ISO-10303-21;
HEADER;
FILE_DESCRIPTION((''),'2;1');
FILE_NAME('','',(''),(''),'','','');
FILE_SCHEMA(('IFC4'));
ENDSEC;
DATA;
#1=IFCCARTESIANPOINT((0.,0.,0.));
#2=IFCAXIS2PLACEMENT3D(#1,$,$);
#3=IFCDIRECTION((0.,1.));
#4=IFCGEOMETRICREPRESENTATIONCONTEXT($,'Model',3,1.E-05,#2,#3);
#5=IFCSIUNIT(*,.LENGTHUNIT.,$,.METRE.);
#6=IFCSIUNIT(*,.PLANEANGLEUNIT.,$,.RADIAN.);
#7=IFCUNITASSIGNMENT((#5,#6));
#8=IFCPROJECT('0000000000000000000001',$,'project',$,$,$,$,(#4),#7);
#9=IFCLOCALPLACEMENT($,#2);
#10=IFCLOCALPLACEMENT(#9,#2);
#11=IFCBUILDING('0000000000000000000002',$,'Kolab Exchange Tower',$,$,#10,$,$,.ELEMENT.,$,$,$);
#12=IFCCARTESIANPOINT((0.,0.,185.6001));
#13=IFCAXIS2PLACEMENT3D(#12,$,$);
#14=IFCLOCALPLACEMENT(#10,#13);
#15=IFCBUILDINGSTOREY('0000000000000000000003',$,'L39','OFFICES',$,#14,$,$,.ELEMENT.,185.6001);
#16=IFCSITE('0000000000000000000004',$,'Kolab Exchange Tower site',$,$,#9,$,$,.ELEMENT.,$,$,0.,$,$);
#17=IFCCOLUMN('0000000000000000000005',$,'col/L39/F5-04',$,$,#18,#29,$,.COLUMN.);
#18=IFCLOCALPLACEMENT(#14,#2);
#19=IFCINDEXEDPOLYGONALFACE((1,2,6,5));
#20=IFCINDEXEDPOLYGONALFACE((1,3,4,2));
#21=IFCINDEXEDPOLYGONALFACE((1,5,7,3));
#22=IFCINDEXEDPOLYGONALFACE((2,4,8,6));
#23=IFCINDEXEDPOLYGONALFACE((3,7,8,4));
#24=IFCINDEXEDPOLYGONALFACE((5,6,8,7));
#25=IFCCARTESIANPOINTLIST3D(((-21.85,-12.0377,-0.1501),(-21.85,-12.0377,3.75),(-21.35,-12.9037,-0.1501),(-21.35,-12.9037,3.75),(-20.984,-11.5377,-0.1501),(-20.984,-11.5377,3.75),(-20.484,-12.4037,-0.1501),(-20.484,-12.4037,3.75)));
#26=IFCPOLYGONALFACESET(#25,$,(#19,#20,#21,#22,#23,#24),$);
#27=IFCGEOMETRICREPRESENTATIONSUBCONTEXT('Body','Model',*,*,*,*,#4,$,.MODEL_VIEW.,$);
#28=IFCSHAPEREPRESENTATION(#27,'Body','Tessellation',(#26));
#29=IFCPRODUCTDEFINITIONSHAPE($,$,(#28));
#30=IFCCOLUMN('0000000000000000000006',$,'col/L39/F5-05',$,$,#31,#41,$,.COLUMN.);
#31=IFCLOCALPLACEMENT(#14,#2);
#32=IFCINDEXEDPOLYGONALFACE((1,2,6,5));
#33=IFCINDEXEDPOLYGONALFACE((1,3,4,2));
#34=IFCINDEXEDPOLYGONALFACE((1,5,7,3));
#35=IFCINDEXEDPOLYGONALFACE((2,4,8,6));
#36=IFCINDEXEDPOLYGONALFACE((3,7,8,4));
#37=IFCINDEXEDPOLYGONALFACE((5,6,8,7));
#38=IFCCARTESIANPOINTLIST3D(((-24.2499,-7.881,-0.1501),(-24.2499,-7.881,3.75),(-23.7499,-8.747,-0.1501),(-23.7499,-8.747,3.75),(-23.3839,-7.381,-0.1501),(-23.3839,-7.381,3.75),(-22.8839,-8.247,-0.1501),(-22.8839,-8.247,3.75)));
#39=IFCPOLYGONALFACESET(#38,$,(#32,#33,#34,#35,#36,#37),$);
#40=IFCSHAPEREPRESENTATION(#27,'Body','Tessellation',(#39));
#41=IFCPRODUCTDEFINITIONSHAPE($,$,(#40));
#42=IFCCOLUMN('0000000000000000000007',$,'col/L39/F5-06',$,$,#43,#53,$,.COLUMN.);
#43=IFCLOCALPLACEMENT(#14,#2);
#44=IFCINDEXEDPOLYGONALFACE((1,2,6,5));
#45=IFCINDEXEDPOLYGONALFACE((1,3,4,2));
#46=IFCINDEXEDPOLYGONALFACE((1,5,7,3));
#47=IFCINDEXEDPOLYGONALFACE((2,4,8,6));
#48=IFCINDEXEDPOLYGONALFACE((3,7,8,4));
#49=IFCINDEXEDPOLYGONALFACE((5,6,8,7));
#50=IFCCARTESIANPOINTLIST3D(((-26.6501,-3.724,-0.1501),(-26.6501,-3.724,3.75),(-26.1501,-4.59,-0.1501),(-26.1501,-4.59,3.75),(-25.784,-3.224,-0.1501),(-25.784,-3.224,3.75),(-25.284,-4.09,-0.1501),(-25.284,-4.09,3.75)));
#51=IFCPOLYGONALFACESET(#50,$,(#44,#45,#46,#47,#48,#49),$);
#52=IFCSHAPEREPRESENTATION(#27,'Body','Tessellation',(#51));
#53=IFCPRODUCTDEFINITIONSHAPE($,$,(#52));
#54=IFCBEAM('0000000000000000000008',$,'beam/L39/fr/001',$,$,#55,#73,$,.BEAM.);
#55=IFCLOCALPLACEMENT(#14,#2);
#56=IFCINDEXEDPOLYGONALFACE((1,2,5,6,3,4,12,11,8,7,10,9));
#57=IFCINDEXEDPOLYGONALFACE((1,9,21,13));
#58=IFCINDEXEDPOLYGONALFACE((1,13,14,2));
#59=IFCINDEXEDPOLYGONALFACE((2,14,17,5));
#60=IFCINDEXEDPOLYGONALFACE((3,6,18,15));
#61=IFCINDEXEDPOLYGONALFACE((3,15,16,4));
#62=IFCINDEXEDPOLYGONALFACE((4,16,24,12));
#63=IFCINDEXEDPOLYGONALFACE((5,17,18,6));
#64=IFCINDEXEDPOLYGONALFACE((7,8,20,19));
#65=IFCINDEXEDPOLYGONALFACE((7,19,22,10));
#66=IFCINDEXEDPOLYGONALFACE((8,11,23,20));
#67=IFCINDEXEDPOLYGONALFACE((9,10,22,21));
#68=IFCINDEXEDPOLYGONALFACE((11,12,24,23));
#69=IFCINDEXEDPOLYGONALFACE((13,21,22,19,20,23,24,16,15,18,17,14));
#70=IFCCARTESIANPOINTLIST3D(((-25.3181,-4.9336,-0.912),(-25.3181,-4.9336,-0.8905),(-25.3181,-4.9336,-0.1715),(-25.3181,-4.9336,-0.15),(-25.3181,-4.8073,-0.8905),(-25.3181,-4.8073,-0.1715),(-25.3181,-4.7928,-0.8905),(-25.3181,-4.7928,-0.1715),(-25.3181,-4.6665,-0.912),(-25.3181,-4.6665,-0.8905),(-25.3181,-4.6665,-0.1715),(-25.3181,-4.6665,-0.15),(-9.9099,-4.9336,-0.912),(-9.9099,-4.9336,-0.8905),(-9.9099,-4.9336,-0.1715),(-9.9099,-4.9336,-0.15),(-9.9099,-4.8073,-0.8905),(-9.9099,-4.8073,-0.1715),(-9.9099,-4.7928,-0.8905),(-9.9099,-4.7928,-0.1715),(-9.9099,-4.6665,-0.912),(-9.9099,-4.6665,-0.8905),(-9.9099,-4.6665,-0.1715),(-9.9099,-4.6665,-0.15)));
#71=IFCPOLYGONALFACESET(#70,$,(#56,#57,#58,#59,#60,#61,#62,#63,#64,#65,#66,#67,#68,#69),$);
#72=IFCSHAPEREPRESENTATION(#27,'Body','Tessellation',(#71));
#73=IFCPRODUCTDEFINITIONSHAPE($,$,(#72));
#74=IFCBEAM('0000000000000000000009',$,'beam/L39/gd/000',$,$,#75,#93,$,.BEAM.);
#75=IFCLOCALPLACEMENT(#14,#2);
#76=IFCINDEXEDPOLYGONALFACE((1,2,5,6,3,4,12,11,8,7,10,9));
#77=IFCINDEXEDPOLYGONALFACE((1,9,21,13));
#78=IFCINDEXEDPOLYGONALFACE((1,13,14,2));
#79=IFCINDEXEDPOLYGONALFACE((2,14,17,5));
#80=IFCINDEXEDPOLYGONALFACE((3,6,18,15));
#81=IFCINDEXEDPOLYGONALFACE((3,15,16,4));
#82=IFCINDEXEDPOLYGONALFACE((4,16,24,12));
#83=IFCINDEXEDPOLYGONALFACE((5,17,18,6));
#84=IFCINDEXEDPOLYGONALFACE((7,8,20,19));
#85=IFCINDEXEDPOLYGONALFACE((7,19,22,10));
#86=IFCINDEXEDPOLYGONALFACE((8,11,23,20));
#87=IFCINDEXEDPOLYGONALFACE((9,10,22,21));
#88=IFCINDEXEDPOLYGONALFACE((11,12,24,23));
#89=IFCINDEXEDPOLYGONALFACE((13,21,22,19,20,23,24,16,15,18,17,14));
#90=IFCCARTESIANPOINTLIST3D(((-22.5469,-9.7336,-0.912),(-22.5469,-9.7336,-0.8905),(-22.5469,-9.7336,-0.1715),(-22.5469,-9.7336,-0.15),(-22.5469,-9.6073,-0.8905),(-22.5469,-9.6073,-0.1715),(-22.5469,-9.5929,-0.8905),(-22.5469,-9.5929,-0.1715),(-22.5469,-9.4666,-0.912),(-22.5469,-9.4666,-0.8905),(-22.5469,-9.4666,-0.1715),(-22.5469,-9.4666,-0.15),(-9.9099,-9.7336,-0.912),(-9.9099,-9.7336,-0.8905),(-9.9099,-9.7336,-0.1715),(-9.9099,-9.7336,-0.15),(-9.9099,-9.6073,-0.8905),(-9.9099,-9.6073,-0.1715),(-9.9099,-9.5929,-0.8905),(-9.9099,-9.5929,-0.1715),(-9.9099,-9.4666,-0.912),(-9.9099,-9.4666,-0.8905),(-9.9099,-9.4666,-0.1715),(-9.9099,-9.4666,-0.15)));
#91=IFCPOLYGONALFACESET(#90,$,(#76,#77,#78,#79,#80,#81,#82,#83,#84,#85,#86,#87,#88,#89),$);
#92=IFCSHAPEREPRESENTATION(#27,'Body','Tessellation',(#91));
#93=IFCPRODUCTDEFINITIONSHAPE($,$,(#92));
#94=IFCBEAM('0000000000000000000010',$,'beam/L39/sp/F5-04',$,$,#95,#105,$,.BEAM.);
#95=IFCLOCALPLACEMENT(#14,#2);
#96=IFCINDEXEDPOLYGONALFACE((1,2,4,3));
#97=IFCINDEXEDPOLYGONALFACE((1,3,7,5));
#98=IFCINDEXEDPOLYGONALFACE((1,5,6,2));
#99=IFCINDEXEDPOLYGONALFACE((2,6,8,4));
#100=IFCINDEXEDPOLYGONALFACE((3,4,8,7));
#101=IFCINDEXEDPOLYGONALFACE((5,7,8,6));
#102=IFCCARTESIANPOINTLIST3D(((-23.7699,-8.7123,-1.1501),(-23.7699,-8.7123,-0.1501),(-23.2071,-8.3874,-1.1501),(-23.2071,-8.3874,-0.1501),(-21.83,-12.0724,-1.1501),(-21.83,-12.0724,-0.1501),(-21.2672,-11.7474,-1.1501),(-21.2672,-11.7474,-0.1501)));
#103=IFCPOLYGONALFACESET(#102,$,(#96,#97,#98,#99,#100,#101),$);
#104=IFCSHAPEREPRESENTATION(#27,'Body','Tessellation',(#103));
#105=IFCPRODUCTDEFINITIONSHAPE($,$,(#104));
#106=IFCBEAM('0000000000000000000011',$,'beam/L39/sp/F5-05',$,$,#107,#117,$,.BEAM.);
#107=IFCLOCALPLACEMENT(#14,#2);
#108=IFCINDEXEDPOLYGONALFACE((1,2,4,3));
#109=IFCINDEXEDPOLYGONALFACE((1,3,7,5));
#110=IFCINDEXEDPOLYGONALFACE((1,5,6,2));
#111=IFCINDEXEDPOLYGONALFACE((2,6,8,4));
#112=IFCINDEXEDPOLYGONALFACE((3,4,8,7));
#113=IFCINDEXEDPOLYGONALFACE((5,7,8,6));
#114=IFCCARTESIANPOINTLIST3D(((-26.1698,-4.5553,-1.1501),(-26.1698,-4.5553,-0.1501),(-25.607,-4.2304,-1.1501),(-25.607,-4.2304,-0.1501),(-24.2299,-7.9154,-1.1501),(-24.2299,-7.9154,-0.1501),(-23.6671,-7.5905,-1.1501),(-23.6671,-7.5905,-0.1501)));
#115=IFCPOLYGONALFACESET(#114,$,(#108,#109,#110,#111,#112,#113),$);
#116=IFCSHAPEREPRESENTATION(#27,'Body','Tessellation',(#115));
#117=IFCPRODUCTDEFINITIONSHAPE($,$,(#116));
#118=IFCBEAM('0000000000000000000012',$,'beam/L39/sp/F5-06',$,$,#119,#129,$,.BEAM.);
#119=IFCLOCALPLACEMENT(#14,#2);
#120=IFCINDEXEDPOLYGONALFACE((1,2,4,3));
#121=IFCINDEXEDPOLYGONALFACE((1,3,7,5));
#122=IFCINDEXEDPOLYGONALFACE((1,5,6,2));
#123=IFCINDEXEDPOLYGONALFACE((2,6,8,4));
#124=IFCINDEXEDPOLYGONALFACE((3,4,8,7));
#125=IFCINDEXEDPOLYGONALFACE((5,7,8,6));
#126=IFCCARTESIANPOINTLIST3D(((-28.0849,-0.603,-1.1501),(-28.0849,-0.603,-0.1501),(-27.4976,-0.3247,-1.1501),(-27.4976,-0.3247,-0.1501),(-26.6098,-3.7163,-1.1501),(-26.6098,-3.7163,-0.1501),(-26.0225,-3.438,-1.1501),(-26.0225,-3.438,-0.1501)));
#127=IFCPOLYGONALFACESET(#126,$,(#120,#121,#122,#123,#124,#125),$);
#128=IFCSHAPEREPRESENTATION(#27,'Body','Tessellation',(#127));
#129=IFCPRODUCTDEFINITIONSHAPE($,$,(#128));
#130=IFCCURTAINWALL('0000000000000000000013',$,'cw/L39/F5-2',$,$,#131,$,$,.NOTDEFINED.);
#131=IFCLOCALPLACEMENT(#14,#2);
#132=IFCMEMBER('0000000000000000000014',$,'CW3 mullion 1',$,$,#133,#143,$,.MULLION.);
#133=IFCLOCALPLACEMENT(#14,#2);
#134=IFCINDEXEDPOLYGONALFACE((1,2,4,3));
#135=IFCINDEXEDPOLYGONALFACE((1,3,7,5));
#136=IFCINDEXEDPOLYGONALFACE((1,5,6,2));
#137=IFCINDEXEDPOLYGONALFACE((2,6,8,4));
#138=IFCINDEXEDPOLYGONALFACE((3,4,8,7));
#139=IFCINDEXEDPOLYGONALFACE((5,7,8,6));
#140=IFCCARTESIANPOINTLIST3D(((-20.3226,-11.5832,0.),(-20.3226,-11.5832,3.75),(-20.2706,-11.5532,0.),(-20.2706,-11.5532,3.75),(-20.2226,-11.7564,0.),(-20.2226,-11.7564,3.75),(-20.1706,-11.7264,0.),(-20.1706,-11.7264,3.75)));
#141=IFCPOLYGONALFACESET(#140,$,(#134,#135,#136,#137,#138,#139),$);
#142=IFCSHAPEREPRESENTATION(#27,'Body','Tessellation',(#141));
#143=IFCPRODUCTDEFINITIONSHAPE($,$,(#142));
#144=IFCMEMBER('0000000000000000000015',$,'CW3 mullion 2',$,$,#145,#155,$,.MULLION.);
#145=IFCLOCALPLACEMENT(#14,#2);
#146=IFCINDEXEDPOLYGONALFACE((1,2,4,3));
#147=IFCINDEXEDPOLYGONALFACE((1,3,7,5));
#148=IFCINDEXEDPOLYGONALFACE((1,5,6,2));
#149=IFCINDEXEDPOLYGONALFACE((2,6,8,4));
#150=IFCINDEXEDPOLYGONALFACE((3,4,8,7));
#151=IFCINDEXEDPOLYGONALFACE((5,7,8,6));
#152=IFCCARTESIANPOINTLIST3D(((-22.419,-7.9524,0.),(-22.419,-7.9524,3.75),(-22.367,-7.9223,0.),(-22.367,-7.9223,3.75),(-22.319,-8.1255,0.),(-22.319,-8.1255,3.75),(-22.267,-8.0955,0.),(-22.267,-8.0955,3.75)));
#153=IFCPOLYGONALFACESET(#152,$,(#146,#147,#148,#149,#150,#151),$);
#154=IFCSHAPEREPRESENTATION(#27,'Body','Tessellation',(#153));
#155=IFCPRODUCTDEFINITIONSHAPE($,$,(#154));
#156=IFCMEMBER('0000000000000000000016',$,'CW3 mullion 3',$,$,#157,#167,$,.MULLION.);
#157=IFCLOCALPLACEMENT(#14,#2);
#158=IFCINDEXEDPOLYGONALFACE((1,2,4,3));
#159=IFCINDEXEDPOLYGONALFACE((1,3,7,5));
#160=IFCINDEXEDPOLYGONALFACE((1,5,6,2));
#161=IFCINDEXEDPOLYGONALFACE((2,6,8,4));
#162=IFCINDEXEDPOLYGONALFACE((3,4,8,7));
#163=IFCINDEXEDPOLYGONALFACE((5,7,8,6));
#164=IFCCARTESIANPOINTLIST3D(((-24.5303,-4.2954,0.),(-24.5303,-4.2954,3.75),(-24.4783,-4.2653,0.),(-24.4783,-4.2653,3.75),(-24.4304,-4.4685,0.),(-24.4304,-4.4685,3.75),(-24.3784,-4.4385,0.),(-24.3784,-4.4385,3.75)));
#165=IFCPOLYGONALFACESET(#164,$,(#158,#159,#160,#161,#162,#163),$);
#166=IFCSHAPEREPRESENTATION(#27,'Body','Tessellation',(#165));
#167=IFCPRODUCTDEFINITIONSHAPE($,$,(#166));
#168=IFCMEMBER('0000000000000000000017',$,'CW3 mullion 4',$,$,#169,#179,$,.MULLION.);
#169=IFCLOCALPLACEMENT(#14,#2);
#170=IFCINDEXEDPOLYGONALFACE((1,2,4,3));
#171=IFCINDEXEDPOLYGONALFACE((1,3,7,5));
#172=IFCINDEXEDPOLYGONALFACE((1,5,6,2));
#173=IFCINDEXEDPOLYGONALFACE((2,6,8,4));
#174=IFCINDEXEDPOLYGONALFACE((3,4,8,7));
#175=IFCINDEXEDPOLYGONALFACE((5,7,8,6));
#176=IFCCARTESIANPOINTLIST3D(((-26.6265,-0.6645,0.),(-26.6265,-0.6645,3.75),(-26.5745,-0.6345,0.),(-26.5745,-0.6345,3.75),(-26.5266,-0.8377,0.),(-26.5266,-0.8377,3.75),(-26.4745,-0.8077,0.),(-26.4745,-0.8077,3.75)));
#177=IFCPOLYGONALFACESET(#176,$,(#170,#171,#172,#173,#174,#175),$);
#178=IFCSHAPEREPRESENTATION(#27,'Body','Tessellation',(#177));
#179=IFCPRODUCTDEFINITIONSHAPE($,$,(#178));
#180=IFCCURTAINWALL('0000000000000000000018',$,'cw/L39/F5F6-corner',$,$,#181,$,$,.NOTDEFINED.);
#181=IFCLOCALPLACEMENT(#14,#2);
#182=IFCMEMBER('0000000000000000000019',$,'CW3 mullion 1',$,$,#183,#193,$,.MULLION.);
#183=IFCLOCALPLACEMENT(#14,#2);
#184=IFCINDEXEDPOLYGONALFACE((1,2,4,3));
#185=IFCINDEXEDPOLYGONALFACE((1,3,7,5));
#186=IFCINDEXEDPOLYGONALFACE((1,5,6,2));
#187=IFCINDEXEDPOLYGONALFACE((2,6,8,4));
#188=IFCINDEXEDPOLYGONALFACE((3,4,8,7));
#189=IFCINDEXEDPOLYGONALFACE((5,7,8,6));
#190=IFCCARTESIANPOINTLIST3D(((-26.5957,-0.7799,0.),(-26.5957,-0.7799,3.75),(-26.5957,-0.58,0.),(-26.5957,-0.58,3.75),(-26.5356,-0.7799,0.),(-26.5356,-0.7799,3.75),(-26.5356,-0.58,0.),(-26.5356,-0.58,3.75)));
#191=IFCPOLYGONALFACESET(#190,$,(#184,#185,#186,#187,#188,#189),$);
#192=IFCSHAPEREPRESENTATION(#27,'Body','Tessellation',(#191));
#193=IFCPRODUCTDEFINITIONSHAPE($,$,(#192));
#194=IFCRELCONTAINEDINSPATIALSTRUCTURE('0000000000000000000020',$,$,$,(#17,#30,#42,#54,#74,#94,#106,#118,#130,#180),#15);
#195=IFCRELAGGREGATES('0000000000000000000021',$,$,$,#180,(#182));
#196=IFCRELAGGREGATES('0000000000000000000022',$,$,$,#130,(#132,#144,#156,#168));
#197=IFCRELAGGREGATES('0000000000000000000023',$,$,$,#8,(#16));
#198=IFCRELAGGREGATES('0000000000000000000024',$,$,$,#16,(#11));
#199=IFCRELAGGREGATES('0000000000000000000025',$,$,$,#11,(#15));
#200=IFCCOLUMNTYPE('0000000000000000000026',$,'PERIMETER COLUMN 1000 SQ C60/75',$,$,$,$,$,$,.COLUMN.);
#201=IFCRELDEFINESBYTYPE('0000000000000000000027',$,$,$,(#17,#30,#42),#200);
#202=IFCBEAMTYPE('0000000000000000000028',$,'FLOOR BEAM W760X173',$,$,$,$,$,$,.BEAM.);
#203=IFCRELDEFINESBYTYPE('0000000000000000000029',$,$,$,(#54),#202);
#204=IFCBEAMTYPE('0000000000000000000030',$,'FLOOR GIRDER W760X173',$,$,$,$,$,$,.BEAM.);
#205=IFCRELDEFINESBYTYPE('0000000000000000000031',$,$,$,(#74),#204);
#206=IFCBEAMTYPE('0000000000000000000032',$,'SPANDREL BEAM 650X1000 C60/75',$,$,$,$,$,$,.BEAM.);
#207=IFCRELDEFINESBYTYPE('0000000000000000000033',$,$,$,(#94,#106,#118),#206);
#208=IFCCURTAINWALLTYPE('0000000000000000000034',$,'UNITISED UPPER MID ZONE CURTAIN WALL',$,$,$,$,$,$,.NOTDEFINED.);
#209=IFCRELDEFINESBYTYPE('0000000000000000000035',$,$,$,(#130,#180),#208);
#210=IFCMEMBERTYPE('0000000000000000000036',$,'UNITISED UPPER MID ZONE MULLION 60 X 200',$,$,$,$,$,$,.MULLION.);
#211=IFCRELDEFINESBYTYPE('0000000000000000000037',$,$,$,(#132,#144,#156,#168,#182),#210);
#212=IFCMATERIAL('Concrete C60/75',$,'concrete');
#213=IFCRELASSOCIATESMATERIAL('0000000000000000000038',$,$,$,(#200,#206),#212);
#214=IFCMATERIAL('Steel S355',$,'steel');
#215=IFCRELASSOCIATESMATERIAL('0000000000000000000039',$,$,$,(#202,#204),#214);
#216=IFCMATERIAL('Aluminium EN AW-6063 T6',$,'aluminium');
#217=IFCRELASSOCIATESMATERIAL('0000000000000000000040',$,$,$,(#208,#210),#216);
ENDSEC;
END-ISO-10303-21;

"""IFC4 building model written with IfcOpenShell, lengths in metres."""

from ifc_helpers import new_model, si_unit, direction, frame, origin, origin_2d, place, context, subcontext, project, spatial, rectangle, i_section, extrude, material, material_profile, profile_set, type_object, element, aggregate, save


model = new_model("IFC4")

# Units and contexts
model_context = context("Model", 3, precision=1e-05, world=origin(), true_north=direction((0.0, 1.0)))
body_context = subcontext(model_context, "Body", "Model", "MODEL_VIEW")
ifc_project = project(units=[si_unit("LENGTHUNIT", "METRE"), si_unit("PLANEANGLEUNIT", "RADIAN")], contexts=[model_context])

# Site, building, storey
site_placement = place(None, origin())
site = spatial("IfcSite", under=ifc_project, at=site_placement, Name="Kolab Exchange Tower site", CompositionType="ELEMENT", RefElevation=0.0)
building_placement = place(site_placement, origin())
building = spatial("IfcBuilding", under=site, at=building_placement, Name="Kolab Exchange Tower", CompositionType="ELEMENT")
storey_placement = place(building_placement, frame((0.0, 0.0, 185.6001)))
storey = spatial("IfcBuildingStorey", under=building, at=storey_placement, Name="L39", Description="OFFICES", CompositionType="ELEMENT", Elevation=185.6001)

# Columns
ifc_material_1 = material(Name="Concrete C60/75", Category="concrete")
ifc_material_profile_1 = material_profile(ifc_material_1, rectangle(XDim=1.0, YDim=1.0, at=origin_2d()), Name="RC1000")
ifc_profile_set_1 = profile_set([ifc_material_profile_1], Name="Concrete C60/75")
column_type = type_object("IfcColumnType", Name="PERIMETER COLUMN 1000 SQ C60/75", PredefinedType="COLUMN", material=ifc_profile_set_1)
for number, where, z_axis, x_axis, name in (
    (1, (-21.167, -12.2207, -0.1501), (0.0, 0.0, 1.0), (0.866025, 0.5, 0.0), "col/L39/F5-04"),
    (2, (-23.5669, -8.064, -0.1501), (0.0, 0.0, 1.0), (0.866025, 0.5, 0.0), "col/L39/F5-05"),
    (3, (-25.967, -3.907, -0.1501), (0.0, 0.0, 1.0), (0.866025, 0.5, 0.0), "col/L39/F5-06"),
):
    element("IfcColumn", number, at=place(storey_placement, frame(where, z_axis=z_axis, x_axis=x_axis)), inside=storey, type_object=column_type, Name=name, PredefinedType="COLUMN", context=body_context, shape_type="SweptSolid", body=[
        extrude(rectangle(XDim=1.0, YDim=1.0, at=origin_2d()), origin(), (0.0, 0.0, 1.0), 3.9001),
    ])

# Beams
ifc_material_2 = material(Name="Steel S355", Category="steel")
ifc_material_profile_2 = material_profile(ifc_material_2, i_section(OverallWidth=0.2671, OverallDepth=0.762, WebThickness=0.0144, FlangeThickness=0.0215, at=origin_2d()), Name="W760X173")
ifc_profile_set_2 = profile_set([ifc_material_profile_2], Name="Steel S355")
beam_type_1 = type_object("IfcBeamType", Name="FLOOR BEAM W760X173", PredefinedType="BEAM", material=ifc_profile_set_2)
beam_1_placement = place(storey_placement, frame((-25.3181, -4.8, -0.531), z_axis=(1.0, 0.0, 0.0), x_axis=(0.0, 1.0, 0.0)))
element("IfcBeam", 4, at=beam_1_placement, inside=storey, type_object=beam_type_1, Name="beam/L39/fr/001", PredefinedType="BEAM", context=body_context, shape_type="SweptSolid", body=[
    extrude(i_section(OverallWidth=0.2671, OverallDepth=0.762, WebThickness=0.0144, FlangeThickness=0.0215, at=origin_2d()), origin(), (0.0, 0.0, 1.0), 15.4082),
])
ifc_material_profile_3 = material_profile(ifc_material_2, i_section(OverallWidth=0.2671, OverallDepth=0.762, WebThickness=0.0144, FlangeThickness=0.0215, at=origin_2d()), Name="W760X173")
ifc_profile_set_3 = profile_set([ifc_material_profile_3], Name="Steel S355")
beam_type_2 = type_object("IfcBeamType", Name="FLOOR GIRDER W760X173", PredefinedType="BEAM", material=ifc_profile_set_3)
beam_2_placement = place(storey_placement, frame((-22.5469, -9.6001, -0.531), z_axis=(1.0, 0.0, 0.0), x_axis=(0.0, 1.0, 0.0)))
element("IfcBeam", 5, at=beam_2_placement, inside=storey, type_object=beam_type_2, Name="beam/L39/gd/000", PredefinedType="BEAM", context=body_context, shape_type="SweptSolid", body=[
    extrude(i_section(OverallWidth=0.2671, OverallDepth=0.762, WebThickness=0.0144, FlangeThickness=0.0215, at=origin_2d()), origin(), (0.0, 0.0, 1.0), 12.637),
])
ifc_material_profile_4 = material_profile(ifc_material_1, rectangle(XDim=0.6499, YDim=1.0, at=origin_2d()), Name="RC650X1000")
ifc_profile_set_4 = profile_set([ifc_material_profile_4], Name="Concrete C60/75")
beam_type_3 = type_object("IfcBeamType", Name="SPANDREL BEAM 650X1000 C60/75", PredefinedType="BEAM", material=ifc_profile_set_4)
for number, where, z_axis, x_axis, name in (
    (6, (-21.5486, -11.9099, -0.6501), (-0.499997, 0.866027, 0.0), (-0.866027, -0.499997, 0.0), "beam/L39/sp/F5-04"),
    (7, (-23.9485, -7.7529, -0.6501), (-0.499997, 0.866027, 0.0), (-0.866027, -0.499997, 0.0), "beam/L39/sp/F5-05"),
):
    element("IfcBeam", number, at=place(storey_placement, frame(where, z_axis=z_axis, x_axis=x_axis)), inside=storey, type_object=beam_type_3, Name=name, PredefinedType="BEAM", context=body_context, shape_type="SweptSolid", body=[
        extrude(rectangle(XDim=0.6499, YDim=1.0, at=origin_2d()), origin(), (0.0, 0.0, 1.0), 3.8799),
    ])
beam_3_placement = place(storey_placement, frame((-26.3162, -3.5771, -0.6501), z_axis=(-0.428178, 0.903695, 0.0), x_axis=(-0.903695, -0.428178, 0.0)))
element("IfcBeam", 8, at=beam_3_placement, inside=storey, type_object=beam_type_3, Name="beam/L39/sp/F5-06", PredefinedType="BEAM", context=body_context, shape_type="SweptSolid", body=[
    extrude(rectangle(XDim=0.6499, YDim=1.0, at=origin_2d()), origin(), (0.0, 0.0, 1.0), 3.4451),
])

# Curtain wall, members
ifc_material_3 = material(Name="Aluminium EN AW-6063 T6", Category="aluminium")
curtain_wall_type = type_object("IfcCurtainWallType", Name="UNITISED UPPER MID ZONE CURTAIN WALL", PredefinedType="NOTDEFINED", material=ifc_material_3)
curtain_wall_1_placement = place(storey_placement, origin())
curtain_wall_1 = element("IfcCurtainWall", 9, at=curtain_wall_1_placement, inside=storey, type_object=curtain_wall_type, Name="cw/L39/F5-2", PredefinedType="NOTDEFINED")
ifc_material_profile_5 = material_profile(ifc_material_3, rectangle(XDim=0.0601, YDim=0.2, at=origin_2d()), Name="RECT 60X200")
ifc_profile_set_5 = profile_set([ifc_material_profile_5], Name="Aluminium EN AW-6063 T6")
member_type_1 = type_object("IfcMemberType", Name="UNITISED UPPER MID ZONE MULLION 60 X 200", PredefinedType="MULLION", material=ifc_profile_set_5)
member_1_placement = place(storey_placement, frame((-20.2466, -11.6548, 0.0), z_axis=(0.0, 0.0, 1.0), x_axis=(-0.866025, -0.5, 0.0)))
member_1 = element("IfcMember", 10, at=member_1_placement, type_object=member_type_1, Name="CW3 mullion 1", PredefinedType="MULLION", context=body_context, shape_type="SweptSolid", body=[
    extrude(rectangle(XDim=0.0601, YDim=0.2, at=origin_2d()), origin(), (0.0, 0.0, 1.0), 3.75),
])
member_2_placement = place(storey_placement, frame((-22.343, -8.0239, 0.0), z_axis=(0.0, 0.0, 1.0), x_axis=(-0.866025, -0.5, 0.0)))
member_2 = element("IfcMember", 11, at=member_2_placement, type_object=member_type_1, Name="CW3 mullion 2", PredefinedType="MULLION", context=body_context, shape_type="SweptSolid", body=[
    extrude(rectangle(XDim=0.0601, YDim=0.2, at=origin_2d()), origin(), (0.0, 0.0, 1.0), 3.75),
])
member_3_placement = place(storey_placement, frame((-24.4543, -4.3669, 0.0), z_axis=(0.0, 0.0, 1.0), x_axis=(-0.866025, -0.5, 0.0)))
member_3 = element("IfcMember", 12, at=member_3_placement, type_object=member_type_1, Name="CW3 mullion 3", PredefinedType="MULLION", context=body_context, shape_type="SweptSolid", body=[
    extrude(rectangle(XDim=0.0601, YDim=0.2, at=origin_2d()), origin(), (0.0, 0.0, 1.0), 3.75),
])
member_4_placement = place(storey_placement, frame((-26.5505, -0.7361, 0.0), z_axis=(0.0, 0.0, 1.0), x_axis=(-0.866025, -0.5, 0.0)))
member_4 = element("IfcMember", 13, at=member_4_placement, type_object=member_type_1, Name="CW3 mullion 4", PredefinedType="MULLION", context=body_context, shape_type="SweptSolid", body=[
    extrude(rectangle(XDim=0.0601, YDim=0.2, at=origin_2d()), origin(), (0.0, 0.0, 1.0), 3.75),
])

# Curtain wall, member
curtain_wall_2_placement = place(storey_placement, origin())
curtain_wall_2 = element("IfcCurtainWall", 14, at=curtain_wall_2_placement, inside=storey, type_object=curtain_wall_type, Name="cw/L39/F5F6-corner", PredefinedType="NOTDEFINED")
member_5_placement = place(storey_placement, frame((-26.5657, -0.6799, 0.0), z_axis=(0.0, 0.0, 1.0), x_axis=(-1.0, 0.0, 0.0)))
member_5 = element("IfcMember", 15, at=member_5_placement, type_object=member_type_1, Name="CW3 mullion 1", PredefinedType="MULLION", context=body_context, shape_type="SweptSolid", body=[
    extrude(rectangle(XDim=0.0601, YDim=0.2, at=origin_2d()), origin(), (0.0, 0.0, 1.0), 3.75),
])

aggregate(curtain_wall_2, [member_5])

aggregate(curtain_wall_1, [member_1, member_2, member_3, member_4])

save(model, "model.ifc")
